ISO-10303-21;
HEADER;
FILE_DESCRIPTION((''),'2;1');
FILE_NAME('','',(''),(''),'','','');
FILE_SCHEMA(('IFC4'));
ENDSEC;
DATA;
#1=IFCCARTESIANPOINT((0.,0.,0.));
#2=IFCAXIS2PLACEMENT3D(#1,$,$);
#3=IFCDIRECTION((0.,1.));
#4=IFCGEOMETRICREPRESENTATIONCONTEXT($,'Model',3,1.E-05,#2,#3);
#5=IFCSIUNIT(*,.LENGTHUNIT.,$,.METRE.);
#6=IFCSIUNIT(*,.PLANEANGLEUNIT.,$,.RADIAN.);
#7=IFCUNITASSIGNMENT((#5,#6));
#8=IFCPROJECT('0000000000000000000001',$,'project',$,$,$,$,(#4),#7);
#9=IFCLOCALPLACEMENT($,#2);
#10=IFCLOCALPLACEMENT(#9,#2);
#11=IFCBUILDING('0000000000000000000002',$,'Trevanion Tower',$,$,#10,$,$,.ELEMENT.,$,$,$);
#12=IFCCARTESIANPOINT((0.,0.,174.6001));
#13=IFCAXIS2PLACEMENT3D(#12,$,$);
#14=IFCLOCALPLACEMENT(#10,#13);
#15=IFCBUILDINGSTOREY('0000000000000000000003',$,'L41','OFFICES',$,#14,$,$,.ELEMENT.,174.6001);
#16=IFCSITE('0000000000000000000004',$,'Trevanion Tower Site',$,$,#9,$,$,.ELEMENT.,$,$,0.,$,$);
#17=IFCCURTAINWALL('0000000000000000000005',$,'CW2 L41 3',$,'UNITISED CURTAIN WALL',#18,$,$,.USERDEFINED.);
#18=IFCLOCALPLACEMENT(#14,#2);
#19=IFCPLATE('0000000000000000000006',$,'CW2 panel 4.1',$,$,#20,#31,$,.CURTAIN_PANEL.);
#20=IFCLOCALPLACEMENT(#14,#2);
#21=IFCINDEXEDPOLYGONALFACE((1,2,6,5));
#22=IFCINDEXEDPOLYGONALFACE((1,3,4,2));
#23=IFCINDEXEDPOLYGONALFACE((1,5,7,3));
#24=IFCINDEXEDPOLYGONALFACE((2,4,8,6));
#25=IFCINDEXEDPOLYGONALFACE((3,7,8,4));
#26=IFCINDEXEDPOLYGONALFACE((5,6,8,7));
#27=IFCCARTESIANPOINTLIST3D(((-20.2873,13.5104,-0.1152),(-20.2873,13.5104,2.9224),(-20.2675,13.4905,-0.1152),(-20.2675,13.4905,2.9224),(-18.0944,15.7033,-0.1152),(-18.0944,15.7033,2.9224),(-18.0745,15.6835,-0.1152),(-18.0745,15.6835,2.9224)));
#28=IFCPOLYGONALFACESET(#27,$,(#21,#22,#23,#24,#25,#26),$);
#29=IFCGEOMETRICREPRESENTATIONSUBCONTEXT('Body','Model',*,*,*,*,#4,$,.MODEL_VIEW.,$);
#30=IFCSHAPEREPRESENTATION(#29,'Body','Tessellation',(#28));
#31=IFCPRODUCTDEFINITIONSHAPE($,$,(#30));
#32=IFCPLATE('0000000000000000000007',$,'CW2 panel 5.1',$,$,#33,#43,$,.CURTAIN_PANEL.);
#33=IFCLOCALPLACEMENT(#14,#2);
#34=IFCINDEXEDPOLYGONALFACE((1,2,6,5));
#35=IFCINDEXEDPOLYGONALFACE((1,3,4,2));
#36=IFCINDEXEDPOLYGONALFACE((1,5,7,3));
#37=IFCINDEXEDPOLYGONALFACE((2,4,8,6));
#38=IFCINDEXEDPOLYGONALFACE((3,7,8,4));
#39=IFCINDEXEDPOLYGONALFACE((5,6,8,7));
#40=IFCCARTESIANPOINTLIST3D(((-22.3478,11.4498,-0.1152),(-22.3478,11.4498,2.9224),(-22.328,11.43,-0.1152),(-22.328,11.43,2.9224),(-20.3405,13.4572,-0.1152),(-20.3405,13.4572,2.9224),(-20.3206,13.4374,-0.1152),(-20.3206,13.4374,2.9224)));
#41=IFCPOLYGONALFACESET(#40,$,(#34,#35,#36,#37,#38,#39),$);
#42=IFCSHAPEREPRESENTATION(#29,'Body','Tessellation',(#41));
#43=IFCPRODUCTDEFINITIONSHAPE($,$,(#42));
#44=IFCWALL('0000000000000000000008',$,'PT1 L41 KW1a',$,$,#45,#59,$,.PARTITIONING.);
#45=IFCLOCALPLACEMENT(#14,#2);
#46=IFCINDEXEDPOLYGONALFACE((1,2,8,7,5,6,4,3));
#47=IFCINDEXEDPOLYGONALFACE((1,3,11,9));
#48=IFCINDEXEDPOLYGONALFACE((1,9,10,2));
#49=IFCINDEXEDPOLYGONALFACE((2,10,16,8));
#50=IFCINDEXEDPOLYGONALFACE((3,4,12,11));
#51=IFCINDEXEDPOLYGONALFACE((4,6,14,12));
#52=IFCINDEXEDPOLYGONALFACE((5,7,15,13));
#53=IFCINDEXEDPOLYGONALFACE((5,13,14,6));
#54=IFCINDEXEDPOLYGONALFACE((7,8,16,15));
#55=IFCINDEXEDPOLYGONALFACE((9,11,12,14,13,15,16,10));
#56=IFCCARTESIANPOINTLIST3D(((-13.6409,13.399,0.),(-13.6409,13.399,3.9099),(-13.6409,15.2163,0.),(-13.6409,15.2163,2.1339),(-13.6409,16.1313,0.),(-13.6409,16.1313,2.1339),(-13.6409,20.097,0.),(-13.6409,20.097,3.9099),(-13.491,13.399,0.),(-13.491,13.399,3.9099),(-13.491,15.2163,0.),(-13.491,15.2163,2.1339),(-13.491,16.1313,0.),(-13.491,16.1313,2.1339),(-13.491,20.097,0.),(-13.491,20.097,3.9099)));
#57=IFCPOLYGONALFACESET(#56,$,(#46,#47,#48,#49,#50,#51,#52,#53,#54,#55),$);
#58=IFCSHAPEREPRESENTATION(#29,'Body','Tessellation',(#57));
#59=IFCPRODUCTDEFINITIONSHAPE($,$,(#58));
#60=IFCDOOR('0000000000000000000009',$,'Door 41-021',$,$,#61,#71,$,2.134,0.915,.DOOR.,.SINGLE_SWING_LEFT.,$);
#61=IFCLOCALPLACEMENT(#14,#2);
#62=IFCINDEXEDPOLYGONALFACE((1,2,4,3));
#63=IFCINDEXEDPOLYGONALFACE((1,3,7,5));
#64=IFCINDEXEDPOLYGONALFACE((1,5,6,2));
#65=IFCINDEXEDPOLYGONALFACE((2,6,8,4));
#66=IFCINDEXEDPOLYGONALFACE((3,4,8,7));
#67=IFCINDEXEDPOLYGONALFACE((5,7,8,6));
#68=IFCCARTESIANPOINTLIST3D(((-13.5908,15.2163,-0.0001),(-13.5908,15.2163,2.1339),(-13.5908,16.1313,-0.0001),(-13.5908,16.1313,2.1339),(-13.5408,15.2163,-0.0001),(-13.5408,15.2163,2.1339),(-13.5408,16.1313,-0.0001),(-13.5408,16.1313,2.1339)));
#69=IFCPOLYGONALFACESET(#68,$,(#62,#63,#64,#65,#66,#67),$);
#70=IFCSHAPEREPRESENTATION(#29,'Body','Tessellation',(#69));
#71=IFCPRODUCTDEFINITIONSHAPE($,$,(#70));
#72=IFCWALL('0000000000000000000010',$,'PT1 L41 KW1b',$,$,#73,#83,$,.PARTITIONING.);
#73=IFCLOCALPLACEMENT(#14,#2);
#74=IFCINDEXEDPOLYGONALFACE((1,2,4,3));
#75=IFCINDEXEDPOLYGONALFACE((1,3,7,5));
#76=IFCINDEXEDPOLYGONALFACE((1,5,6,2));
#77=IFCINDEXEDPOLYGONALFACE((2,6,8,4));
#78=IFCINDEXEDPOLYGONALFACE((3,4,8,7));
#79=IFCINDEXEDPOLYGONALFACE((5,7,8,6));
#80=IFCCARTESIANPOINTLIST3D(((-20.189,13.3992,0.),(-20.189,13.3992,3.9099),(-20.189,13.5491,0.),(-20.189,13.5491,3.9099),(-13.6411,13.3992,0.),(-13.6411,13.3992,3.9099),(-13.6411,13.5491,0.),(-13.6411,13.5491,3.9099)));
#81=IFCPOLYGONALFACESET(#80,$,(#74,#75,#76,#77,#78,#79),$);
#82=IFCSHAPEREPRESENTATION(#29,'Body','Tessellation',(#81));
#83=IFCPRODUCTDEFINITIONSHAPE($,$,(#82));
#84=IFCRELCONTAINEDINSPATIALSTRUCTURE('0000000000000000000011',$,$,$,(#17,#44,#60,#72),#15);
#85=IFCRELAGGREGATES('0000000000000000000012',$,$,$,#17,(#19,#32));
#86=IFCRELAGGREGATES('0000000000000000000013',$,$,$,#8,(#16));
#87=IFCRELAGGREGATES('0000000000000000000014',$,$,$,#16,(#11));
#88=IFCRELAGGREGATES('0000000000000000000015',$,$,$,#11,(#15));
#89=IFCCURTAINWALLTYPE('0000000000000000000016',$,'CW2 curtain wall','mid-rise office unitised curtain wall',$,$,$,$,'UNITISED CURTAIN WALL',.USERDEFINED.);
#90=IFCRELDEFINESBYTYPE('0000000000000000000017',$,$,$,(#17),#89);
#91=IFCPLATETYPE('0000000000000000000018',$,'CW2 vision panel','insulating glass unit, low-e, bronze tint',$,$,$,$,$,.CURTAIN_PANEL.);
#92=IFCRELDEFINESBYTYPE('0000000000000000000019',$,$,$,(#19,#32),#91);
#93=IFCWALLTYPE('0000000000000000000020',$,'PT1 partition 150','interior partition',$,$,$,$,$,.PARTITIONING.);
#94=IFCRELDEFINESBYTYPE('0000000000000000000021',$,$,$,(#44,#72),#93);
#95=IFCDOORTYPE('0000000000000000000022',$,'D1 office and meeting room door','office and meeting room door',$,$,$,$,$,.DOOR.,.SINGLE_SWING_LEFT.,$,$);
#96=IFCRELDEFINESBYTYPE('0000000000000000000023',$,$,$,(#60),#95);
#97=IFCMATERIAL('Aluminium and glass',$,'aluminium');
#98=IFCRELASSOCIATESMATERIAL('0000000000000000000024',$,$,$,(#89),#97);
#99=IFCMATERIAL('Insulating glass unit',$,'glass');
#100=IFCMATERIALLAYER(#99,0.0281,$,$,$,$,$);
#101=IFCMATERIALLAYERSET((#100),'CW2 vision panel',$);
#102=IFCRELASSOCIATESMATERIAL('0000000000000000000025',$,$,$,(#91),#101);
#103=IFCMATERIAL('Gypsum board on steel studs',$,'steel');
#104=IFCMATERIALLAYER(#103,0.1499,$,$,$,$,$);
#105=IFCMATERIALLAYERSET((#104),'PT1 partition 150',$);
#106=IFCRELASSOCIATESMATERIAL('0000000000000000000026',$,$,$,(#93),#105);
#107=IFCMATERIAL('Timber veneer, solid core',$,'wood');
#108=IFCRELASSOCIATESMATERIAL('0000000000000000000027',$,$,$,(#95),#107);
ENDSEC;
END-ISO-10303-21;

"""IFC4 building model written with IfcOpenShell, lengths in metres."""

from ifc_helpers import new_model, si_unit, direction, frame, frame_2d, origin, origin_2d, place, context, subcontext, project, spatial, rectangle, extrude, material, layer, layer_set, type_object, element, fill, aggregate, save


model = new_model("IFC4")

# Units and contexts
model_context = context("Model", 3, precision=1e-05, world=origin(), true_north=direction((0.0, 1.0)))
body_context = subcontext(model_context, "Body", "Model", "MODEL_VIEW")
ifc_project = project(units=[si_unit("LENGTHUNIT", "METRE"), si_unit("PLANEANGLEUNIT", "RADIAN")], contexts=[model_context])

# Site, building, storey
site_placement = place(None, origin())
site = spatial("IfcSite", under=ifc_project, at=site_placement, Name="Trevanion Tower Site", CompositionType="ELEMENT", RefElevation=0.0)
building_placement = place(site_placement, origin())
building = spatial("IfcBuilding", under=site, at=building_placement, Name="Trevanion Tower", CompositionType="ELEMENT")
storey_placement = place(building_placement, frame((0.0, 0.0, 174.6001)))
storey = spatial("IfcBuildingStorey", under=building, at=storey_placement, Name="L41", Description="OFFICES", CompositionType="ELEMENT", Elevation=174.6001)

# Curtain wall
ifc_material_1 = material(Name="Aluminium and glass", Category="aluminium")
curtain_wall_type = type_object("IfcCurtainWallType", Name="CW2 curtain wall", Description="mid-rise office unitised curtain wall", ElementType="UNITISED CURTAIN WALL", PredefinedType="USERDEFINED", material=ifc_material_1)
curtain_wall_1_placement = place(storey_placement, origin())
curtain_wall_1 = element("IfcCurtainWall", 1, at=curtain_wall_1_placement, inside=storey, type_object=curtain_wall_type, Name="CW2 L41 3", ObjectType="UNITISED CURTAIN WALL", PredefinedType="USERDEFINED")

# Plates
ifc_material_2 = material(Name="Insulating glass unit", Category="glass")
ifc_layer_1 = layer(ifc_material_2, 0.0281)
ifc_layer_set_1 = layer_set([ifc_layer_1], Name="CW2 vision panel")
plate_type_1 = type_object("IfcPlateType", Name="CW2 vision panel", Description="insulating glass unit, low-e, bronze tint", PredefinedType="CURTAIN_PANEL", material=ifc_layer_set_1)
plate_1_placement = place(storey_placement, frame((-19.1809, 14.5969, -0.1152), z_axis=(0.0, 0.0, 1.0), x_axis=(-0.707107, -0.707107, 0.0)))
plate_1 = element("IfcPlate", 2, at=plate_1_placement, type_object=plate_type_1, Name="CW2 panel 4.1", PredefinedType="CURTAIN_PANEL", context=body_context, shape_type="SweptSolid", body=[
    extrude(rectangle(XDim=3.1013, YDim=0.0281, at=origin_2d()), origin(), (0.0, 0.0, 1.0), 3.0376),
])
plate_2_placement = place(storey_placement, frame((-21.3342, 12.4436, -0.1152), z_axis=(0.0, 0.0, 1.0), x_axis=(-0.707107, -0.707107, 0.0)))
plate_2 = element("IfcPlate", 3, at=plate_2_placement, type_object=plate_type_1, Name="CW2 panel 5.1", PredefinedType="CURTAIN_PANEL", context=body_context, shape_type="SweptSolid", body=[
    extrude(rectangle(XDim=2.8389, YDim=0.0281, at=origin_2d()), origin(), (0.0, 0.0, 1.0), 3.0376),
])
aggregate(curtain_wall_1, [plate_1, plate_2])

# Wall, opening, door
ifc_material_3 = material(Name="Gypsum board on steel studs", Category="steel")
ifc_layer_2 = layer(ifc_material_3, 0.1499)
ifc_layer_set_2 = layer_set([ifc_layer_2], Name="PT1 partition 150")
wall_type = type_object("IfcWallType", Name="PT1 partition 150", Description="interior partition", PredefinedType="PARTITIONING", material=ifc_layer_set_2)
wall_1_placement = place(storey_placement, frame((-13.5659, 13.3989, 0.0), z_axis=(0.0, 0.0, 1.0), x_axis=(0.0, 1.0, 0.0)))
wall_1 = element("IfcWall", 4, at=wall_1_placement, inside=storey, type_object=wall_type, Name="PT1 L41 KW1a", PredefinedType="PARTITIONING", context=body_context, shape_type="SweptSolid", body=[
    extrude(rectangle(XDim=6.698, YDim=0.1499, at=frame_2d((3.3491, 0.0))), origin(), (0.0, 0.0, 1.0), 3.9099),
])
opening_placement = place(wall_1_placement, frame((1.8174, 0.0, 0.0)))
opening = element("IfcOpeningElement", 5, at=opening_placement, cuts=wall_1, PredefinedType="OPENING", context=body_context, shape_type="SweptSolid", body=[
    extrude(rectangle(XDim=0.915, YDim=2.134, at=frame_2d((0.4575, 1.0669))), frame((0.0, 0.085, 0.0), z_axis=(0.0, -1.0, 0.0), x_axis=(1.0, 0.0, 0.0)), (0.0, 0.0, 1.0), 0.1699),
])
ifc_material_4 = material(Name="Timber veneer, solid core", Category="wood")
door_type = type_object("IfcDoorType", Name="D1 office and meeting room door", Description="office and meeting room door", OperationType="SINGLE_SWING_LEFT", PredefinedType="DOOR", material=ifc_material_4)
door_placement = place(opening_placement, origin())
door = element("IfcDoor", 6, at=door_placement, inside=storey, type_object=door_type, Name="Door 41-021", OperationType="SINGLE_SWING_LEFT", OverallHeight=2.134, OverallWidth=0.915, PredefinedType="DOOR", context=body_context, shape_type="SweptSolid", body=[
    extrude(rectangle(XDim=0.915, YDim=2.134, at=frame_2d((0.4575, 1.0669))), frame((0.0, 0.0249, 0.0), z_axis=(0.0, -1.0, 0.0), x_axis=(1.0, 0.0, 0.0)), (0.0, 0.0, 1.0), 0.05),
])
fill(opening, door)

# Wall
wall_2_placement = place(storey_placement, frame((-13.6411, 13.4741, 0.0), z_axis=(0.0, 0.0, 1.0), x_axis=(-1.0, 0.0, 0.0)))
element("IfcWall", 7, at=wall_2_placement, inside=storey, type_object=wall_type, Name="PT1 L41 KW1b", PredefinedType="PARTITIONING", context=body_context, shape_type="SweptSolid", body=[
    extrude(rectangle(XDim=6.5479, YDim=0.1499, at=frame_2d((3.2739, 0.0))), origin(), (0.0, 0.0, 1.0), 3.9099),
])

save(model, "model.ifc")
